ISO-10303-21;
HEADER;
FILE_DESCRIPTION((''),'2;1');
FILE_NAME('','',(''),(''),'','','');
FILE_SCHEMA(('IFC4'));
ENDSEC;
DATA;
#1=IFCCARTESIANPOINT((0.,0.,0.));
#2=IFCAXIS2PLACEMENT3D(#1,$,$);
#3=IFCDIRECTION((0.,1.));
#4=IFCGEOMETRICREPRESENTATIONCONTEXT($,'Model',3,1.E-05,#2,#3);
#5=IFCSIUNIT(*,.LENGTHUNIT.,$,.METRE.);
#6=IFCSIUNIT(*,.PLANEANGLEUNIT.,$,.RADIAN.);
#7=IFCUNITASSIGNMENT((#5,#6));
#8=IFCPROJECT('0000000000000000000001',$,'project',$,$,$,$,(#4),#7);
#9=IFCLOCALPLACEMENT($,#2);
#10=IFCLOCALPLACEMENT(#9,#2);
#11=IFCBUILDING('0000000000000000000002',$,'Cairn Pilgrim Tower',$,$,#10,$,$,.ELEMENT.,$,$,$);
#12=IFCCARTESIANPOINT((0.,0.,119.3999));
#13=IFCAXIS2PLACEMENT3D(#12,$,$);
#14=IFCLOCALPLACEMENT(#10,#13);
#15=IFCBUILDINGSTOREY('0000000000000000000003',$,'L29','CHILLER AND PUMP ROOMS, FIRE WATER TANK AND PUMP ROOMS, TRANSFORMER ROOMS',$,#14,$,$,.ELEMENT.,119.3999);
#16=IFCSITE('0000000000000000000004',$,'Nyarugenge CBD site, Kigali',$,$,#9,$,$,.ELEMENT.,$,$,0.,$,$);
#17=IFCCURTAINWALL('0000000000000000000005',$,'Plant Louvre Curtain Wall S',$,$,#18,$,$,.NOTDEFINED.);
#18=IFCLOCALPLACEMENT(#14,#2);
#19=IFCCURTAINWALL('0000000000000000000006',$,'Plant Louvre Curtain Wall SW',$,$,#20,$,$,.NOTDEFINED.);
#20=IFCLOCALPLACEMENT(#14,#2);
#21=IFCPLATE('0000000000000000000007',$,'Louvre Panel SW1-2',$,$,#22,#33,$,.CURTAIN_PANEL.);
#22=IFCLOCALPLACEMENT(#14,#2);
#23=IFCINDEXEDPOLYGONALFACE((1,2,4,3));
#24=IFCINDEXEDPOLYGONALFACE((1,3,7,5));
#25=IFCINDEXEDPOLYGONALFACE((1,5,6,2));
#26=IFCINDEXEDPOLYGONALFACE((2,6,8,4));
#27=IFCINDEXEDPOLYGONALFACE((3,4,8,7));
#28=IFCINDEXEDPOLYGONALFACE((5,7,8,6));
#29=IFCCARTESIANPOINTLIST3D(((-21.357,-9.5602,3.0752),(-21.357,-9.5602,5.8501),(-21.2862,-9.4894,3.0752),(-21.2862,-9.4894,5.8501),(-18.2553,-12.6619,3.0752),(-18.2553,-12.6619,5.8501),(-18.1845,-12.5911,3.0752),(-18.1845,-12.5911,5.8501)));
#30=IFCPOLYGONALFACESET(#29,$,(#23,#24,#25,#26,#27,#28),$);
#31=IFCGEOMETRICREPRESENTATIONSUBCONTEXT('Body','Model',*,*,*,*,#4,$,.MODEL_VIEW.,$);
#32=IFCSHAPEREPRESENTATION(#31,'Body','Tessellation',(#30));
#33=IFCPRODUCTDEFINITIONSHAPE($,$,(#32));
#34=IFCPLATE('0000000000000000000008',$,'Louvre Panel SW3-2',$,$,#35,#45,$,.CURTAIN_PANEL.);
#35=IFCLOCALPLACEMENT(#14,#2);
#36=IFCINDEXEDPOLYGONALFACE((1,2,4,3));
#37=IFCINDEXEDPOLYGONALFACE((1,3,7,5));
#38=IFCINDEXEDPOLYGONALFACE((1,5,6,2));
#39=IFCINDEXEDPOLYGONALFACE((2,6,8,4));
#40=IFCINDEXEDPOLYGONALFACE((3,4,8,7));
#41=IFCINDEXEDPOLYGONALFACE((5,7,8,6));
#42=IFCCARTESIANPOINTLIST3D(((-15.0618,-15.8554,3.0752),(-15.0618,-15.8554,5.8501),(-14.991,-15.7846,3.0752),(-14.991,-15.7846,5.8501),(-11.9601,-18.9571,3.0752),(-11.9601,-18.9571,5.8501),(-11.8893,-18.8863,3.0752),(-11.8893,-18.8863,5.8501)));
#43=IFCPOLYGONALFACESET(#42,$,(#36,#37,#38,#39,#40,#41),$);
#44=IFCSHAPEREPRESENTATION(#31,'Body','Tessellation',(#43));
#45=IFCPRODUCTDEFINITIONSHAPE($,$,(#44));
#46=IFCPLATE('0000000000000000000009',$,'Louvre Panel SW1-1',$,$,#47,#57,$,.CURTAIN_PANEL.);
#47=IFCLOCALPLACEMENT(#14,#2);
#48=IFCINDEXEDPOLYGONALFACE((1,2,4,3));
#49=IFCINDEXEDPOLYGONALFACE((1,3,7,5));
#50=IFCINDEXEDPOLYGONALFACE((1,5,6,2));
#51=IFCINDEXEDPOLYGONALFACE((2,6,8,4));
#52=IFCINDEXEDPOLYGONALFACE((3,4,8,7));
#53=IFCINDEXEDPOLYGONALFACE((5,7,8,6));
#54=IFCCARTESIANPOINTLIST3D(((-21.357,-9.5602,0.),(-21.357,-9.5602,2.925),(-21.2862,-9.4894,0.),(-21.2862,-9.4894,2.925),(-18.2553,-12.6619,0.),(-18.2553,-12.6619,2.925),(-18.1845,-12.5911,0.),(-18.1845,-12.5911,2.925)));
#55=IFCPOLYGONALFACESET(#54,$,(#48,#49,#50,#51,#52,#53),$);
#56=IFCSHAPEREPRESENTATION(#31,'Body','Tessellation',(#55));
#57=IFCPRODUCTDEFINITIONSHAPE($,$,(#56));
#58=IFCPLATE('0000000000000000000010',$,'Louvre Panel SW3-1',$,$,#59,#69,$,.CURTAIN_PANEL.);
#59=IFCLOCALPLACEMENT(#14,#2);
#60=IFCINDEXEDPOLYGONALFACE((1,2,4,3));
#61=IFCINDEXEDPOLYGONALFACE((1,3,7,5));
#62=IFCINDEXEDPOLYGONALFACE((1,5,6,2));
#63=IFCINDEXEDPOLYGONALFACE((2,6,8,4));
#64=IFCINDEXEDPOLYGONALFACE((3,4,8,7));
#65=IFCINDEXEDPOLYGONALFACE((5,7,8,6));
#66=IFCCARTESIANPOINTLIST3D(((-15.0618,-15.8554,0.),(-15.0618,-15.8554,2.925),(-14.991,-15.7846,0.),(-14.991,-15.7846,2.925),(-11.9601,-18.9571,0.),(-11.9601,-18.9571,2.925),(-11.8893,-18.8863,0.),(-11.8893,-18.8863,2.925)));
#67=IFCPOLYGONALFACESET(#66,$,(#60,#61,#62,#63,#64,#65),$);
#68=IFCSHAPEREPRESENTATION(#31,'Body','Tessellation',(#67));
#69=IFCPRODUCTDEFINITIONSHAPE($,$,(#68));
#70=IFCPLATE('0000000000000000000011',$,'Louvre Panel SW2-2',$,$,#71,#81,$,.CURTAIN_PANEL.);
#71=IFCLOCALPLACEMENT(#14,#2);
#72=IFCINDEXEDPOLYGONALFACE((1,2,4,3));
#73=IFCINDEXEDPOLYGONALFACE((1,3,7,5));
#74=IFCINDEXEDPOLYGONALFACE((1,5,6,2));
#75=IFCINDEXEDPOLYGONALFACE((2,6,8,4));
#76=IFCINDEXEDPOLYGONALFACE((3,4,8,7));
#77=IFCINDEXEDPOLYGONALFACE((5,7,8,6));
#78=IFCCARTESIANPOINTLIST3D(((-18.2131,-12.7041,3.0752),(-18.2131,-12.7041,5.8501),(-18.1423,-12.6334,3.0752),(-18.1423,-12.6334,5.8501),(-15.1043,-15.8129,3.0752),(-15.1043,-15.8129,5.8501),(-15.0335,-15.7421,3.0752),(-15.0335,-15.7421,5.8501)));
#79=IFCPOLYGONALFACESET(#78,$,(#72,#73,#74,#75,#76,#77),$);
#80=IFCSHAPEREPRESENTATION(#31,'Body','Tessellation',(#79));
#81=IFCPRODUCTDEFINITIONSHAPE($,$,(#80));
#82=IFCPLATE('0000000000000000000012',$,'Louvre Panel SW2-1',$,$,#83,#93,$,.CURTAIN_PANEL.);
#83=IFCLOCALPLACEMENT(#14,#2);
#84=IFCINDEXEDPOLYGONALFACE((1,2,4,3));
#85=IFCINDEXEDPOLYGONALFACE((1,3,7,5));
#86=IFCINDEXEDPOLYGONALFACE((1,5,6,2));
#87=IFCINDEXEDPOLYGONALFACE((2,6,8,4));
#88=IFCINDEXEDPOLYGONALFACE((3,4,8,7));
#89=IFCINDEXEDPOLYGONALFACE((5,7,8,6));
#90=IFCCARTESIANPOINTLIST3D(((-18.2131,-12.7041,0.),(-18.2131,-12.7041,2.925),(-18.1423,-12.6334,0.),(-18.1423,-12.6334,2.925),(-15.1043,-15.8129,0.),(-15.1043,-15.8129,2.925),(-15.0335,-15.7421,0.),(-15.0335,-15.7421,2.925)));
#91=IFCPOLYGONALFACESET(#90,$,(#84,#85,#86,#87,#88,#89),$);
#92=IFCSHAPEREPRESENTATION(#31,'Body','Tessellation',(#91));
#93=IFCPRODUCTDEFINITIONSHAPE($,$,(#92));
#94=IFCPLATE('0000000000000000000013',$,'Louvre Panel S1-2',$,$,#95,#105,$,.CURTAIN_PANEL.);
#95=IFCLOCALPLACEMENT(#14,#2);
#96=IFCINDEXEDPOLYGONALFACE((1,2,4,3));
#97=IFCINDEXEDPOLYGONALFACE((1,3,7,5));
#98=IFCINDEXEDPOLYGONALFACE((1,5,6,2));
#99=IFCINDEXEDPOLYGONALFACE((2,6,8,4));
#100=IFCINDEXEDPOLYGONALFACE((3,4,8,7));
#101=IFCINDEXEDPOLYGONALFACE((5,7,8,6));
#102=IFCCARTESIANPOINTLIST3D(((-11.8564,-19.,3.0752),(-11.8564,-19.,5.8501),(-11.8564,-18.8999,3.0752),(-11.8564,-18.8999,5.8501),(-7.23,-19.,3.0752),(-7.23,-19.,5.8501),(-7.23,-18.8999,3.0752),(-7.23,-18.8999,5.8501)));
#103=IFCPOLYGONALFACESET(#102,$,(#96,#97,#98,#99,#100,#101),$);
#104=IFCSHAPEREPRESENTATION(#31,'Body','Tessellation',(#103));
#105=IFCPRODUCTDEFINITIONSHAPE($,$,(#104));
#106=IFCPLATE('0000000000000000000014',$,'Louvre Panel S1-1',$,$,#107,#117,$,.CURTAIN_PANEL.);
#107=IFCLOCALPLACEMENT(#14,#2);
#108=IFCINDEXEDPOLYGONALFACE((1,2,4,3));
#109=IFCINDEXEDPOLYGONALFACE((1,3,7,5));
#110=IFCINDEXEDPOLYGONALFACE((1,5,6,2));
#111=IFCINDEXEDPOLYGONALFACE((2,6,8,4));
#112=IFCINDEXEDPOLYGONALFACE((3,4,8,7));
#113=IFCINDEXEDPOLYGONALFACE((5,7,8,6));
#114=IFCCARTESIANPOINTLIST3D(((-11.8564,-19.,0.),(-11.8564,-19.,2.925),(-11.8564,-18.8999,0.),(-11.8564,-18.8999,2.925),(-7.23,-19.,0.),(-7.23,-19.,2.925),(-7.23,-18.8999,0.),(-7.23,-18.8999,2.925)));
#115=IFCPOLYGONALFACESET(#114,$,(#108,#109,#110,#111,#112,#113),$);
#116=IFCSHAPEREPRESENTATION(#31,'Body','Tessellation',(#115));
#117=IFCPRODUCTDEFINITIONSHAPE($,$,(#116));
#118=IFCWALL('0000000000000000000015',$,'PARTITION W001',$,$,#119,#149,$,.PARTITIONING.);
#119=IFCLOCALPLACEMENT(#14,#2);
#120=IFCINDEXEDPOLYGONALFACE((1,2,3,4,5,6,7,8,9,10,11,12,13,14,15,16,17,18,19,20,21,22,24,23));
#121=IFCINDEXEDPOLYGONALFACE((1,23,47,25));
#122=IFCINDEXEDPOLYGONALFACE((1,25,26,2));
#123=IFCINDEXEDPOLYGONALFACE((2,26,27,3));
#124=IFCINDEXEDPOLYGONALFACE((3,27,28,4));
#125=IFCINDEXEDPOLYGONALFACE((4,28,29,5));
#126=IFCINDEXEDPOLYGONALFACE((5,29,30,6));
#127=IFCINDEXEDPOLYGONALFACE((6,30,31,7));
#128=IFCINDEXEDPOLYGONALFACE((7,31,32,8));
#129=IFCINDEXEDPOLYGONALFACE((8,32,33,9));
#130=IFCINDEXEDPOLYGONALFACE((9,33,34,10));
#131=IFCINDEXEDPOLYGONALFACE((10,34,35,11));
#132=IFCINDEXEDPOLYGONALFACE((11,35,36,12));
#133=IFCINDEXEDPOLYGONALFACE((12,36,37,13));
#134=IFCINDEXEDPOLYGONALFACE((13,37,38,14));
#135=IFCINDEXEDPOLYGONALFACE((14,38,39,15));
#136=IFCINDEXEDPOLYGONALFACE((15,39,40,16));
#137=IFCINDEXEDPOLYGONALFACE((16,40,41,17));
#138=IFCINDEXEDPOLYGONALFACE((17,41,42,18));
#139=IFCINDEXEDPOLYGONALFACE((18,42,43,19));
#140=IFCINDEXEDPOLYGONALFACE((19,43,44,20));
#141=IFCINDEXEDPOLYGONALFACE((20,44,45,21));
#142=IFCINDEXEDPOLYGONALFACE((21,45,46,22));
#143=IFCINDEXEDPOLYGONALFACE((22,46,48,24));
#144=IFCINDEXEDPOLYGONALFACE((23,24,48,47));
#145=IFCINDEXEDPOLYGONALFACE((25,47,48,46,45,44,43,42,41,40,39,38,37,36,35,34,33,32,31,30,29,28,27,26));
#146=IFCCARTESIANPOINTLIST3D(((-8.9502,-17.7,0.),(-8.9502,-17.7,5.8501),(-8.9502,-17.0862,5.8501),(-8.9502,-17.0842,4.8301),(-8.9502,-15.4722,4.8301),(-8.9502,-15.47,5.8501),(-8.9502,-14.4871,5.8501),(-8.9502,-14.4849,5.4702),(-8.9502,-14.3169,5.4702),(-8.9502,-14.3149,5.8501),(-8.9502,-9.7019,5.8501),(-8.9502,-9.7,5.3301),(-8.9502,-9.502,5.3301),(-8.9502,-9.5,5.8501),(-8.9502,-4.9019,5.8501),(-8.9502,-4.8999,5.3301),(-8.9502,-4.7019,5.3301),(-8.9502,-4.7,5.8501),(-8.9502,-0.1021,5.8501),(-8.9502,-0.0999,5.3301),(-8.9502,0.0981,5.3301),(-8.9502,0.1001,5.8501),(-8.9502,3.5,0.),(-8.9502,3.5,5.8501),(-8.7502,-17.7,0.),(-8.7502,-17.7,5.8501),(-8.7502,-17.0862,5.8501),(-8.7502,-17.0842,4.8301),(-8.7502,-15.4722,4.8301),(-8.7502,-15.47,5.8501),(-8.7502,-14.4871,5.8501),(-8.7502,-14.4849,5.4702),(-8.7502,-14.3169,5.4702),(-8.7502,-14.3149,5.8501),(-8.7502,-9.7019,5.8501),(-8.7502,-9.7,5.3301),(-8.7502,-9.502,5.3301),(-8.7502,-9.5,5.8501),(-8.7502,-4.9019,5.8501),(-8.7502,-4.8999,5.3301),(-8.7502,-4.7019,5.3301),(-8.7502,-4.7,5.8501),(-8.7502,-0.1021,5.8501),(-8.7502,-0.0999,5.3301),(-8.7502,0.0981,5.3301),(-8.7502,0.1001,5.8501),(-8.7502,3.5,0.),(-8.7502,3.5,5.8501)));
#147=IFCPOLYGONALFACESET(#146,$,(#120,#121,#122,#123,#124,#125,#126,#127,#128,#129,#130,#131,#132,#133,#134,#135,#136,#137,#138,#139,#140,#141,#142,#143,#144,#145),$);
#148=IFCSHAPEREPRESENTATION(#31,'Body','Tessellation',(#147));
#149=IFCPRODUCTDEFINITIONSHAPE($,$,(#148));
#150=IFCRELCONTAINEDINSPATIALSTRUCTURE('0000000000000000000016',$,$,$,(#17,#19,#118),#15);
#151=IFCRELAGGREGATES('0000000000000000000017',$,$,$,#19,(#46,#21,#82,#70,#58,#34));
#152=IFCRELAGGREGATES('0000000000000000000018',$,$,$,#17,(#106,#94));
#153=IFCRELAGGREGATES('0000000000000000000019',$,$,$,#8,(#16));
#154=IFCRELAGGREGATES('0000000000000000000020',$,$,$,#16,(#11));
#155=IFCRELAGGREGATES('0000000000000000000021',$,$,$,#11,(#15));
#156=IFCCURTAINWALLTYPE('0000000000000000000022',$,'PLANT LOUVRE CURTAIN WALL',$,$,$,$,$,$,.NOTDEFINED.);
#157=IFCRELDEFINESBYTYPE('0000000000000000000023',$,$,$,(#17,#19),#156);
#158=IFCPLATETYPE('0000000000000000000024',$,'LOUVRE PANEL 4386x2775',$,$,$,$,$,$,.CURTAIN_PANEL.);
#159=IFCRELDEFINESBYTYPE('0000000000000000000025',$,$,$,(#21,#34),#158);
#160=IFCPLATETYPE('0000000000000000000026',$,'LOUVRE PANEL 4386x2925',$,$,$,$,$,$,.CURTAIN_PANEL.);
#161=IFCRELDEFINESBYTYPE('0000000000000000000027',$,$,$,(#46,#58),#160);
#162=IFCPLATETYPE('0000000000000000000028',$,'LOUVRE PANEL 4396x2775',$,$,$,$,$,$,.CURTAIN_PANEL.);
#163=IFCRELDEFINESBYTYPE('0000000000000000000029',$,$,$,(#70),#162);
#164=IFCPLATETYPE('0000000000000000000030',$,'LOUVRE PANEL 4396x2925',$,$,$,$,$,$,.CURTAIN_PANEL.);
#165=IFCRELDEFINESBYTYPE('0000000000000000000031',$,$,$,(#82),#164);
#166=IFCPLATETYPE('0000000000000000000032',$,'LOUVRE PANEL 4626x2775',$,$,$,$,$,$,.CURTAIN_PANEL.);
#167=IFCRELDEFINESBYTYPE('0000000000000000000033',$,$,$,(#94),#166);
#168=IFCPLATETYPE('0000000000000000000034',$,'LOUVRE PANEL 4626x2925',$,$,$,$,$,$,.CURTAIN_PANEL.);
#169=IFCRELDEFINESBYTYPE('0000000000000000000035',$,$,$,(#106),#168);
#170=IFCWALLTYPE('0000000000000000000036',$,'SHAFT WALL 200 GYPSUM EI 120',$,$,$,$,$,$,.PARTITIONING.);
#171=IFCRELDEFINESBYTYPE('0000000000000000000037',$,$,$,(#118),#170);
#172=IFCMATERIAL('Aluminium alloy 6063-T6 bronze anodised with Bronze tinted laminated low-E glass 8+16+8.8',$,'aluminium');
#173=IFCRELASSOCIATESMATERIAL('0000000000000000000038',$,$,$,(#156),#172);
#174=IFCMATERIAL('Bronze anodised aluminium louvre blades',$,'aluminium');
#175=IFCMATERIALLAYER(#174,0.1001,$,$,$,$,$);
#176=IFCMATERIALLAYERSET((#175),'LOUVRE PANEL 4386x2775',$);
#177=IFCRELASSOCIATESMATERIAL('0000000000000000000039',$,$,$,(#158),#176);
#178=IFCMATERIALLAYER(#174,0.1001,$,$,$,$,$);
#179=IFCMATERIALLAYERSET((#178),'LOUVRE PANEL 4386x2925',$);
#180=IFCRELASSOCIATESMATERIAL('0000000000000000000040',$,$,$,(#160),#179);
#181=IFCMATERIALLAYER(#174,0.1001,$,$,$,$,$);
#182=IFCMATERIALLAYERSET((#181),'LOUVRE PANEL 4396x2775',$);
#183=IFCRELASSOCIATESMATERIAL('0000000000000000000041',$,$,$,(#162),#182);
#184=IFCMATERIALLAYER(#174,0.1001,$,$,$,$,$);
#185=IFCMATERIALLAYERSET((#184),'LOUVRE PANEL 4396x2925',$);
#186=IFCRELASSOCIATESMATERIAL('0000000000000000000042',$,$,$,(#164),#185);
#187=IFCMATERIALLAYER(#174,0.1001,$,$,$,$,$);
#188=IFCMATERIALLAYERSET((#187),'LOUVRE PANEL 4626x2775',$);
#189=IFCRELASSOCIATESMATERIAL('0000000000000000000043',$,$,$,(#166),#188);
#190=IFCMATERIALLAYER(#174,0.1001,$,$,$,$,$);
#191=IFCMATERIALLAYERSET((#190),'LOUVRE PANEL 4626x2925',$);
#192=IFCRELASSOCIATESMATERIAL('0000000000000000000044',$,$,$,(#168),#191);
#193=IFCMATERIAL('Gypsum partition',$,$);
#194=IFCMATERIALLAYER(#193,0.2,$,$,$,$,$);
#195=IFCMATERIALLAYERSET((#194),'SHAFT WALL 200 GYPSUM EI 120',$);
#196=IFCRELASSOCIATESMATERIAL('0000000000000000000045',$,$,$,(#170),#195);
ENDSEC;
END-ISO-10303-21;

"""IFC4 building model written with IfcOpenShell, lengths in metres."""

from ifc_helpers import new_model, si_unit, direction, frame, origin, origin_2d, place, context, subcontext, project, spatial, polyline, rectangle, outline, extrude, material, layer, layer_set, type_object, element, aggregate, save


model = new_model("IFC4")

# Units and contexts
model_context = context("Model", 3, precision=1e-05, world=origin(), true_north=direction((0.0, 1.0)))
body_context = subcontext(model_context, "Body", "Model", "MODEL_VIEW")
ifc_project = project(units=[si_unit("LENGTHUNIT", "METRE"), si_unit("PLANEANGLEUNIT", "RADIAN")], contexts=[model_context])

# Site, building, storey
site_placement = place(None, origin())
site = spatial("IfcSite", under=ifc_project, at=site_placement, Name="Nyarugenge CBD site, Kigali", CompositionType="ELEMENT", RefElevation=0.0)
building_placement = place(site_placement, origin())
building = spatial("IfcBuilding", under=site, at=building_placement, Name="Cairn Pilgrim Tower", CompositionType="ELEMENT")
storey_placement = place(building_placement, frame((0.0, 0.0, 119.3999)))
storey = spatial("IfcBuildingStorey", under=building, at=storey_placement, Name="L29", Description="CHILLER AND PUMP ROOMS, FIRE WATER TANK AND PUMP ROOMS, TRANSFORMER ROOMS", CompositionType="ELEMENT", Elevation=119.3999)

# Curtain walls
ifc_material_1 = material(Name="Aluminium alloy 6063-T6 bronze anodised with Bronze tinted laminated low-E glass 8+16+8.8", Category="aluminium")
curtain_wall_type = type_object("IfcCurtainWallType", Name="PLANT LOUVRE CURTAIN WALL", PredefinedType="NOTDEFINED", material=ifc_material_1)
curtain_wall_1_placement = place(storey_placement, origin())
curtain_wall_1 = element("IfcCurtainWall", 1, at=curtain_wall_1_placement, inside=storey, type_object=curtain_wall_type, Name="Plant Louvre Curtain Wall S", PredefinedType="NOTDEFINED")
curtain_wall_2_placement = place(storey_placement, origin())
curtain_wall_2 = element("IfcCurtainWall", 2, at=curtain_wall_2_placement, inside=storey, type_object=curtain_wall_type, Name="Plant Louvre Curtain Wall SW", PredefinedType="NOTDEFINED")

# Plates
ifc_material_2 = material(Name="Bronze anodised aluminium louvre blades", Category="aluminium")
ifc_layer_1 = layer(ifc_material_2, 0.1001)
ifc_layer_set_1 = layer_set([ifc_layer_1], Name="LOUVRE PANEL 4386x2775")
plate_type_1 = type_object("IfcPlateType", Name="LOUVRE PANEL 4386x2775", PredefinedType="CURTAIN_PANEL", material=ifc_layer_set_1)
plate_1_placement = place(storey_placement, frame((-19.7708, -11.0757, 3.0752), z_axis=(0.0, 0.0, 1.0), x_axis=(0.707107, -0.707107, 0.0)))
plate_1 = element("IfcPlate", 3, at=plate_1_placement, type_object=plate_type_1, Name="Louvre Panel SW1-2", PredefinedType="CURTAIN_PANEL", context=body_context, shape_type="SweptSolid", body=[
    extrude(rectangle(XDim=4.3865, YDim=0.1001, at=origin_2d()), origin(), (0.0, 0.0, 1.0), 2.7749),
])
plate_2_placement = place(storey_placement, frame((-13.4756, -17.3708, 3.0752), z_axis=(0.0, 0.0, 1.0), x_axis=(0.707107, -0.707107, 0.0)))
plate_2 = element("IfcPlate", 4, at=plate_2_placement, type_object=plate_type_1, Name="Louvre Panel SW3-2", PredefinedType="CURTAIN_PANEL", context=body_context, shape_type="SweptSolid", body=[
    extrude(rectangle(XDim=4.3865, YDim=0.1001, at=origin_2d()), origin(), (0.0, 0.0, 1.0), 2.7749),
])
ifc_layer_2 = layer(ifc_material_2, 0.1001)
ifc_layer_set_2 = layer_set([ifc_layer_2], Name="LOUVRE PANEL 4386x2925")
plate_type_2 = type_object("IfcPlateType", Name="LOUVRE PANEL 4386x2925", PredefinedType="CURTAIN_PANEL", material=ifc_layer_set_2)
plate_3_placement = place(storey_placement, frame((-19.7708, -11.0757, 0.0), z_axis=(0.0, 0.0, 1.0), x_axis=(0.707107, -0.707107, 0.0)))
plate_3 = element("IfcPlate", 5, at=plate_3_placement, type_object=plate_type_2, Name="Louvre Panel SW1-1", PredefinedType="CURTAIN_PANEL", context=body_context, shape_type="SweptSolid", body=[
    extrude(rectangle(XDim=4.3865, YDim=0.1001, at=origin_2d()), origin(), (0.0, 0.0, 1.0), 2.925),
])
plate_4_placement = place(storey_placement, frame((-13.4756, -17.3708, 0.0), z_axis=(0.0, 0.0, 1.0), x_axis=(0.707107, -0.707107, 0.0)))
plate_4 = element("IfcPlate", 6, at=plate_4_placement, type_object=plate_type_2, Name="Louvre Panel SW3-1", PredefinedType="CURTAIN_PANEL", context=body_context, shape_type="SweptSolid", body=[
    extrude(rectangle(XDim=4.3865, YDim=0.1001, at=origin_2d()), origin(), (0.0, 0.0, 1.0), 2.925),
])
ifc_layer_3 = layer(ifc_material_2, 0.1001)
ifc_layer_set_3 = layer_set([ifc_layer_3], Name="LOUVRE PANEL 4396x2775")
plate_type_3 = type_object("IfcPlateType", Name="LOUVRE PANEL 4396x2775", PredefinedType="CURTAIN_PANEL", material=ifc_layer_set_3)
plate_5_placement = place(storey_placement, frame((-16.6233, -14.2231, 3.0752), z_axis=(0.0, 0.0, 1.0), x_axis=(0.707107, -0.707107, 0.0)))
plate_5 = element("IfcPlate", 7, at=plate_5_placement, type_object=plate_type_3, Name="Louvre Panel SW2-2", PredefinedType="CURTAIN_PANEL", context=body_context, shape_type="SweptSolid", body=[
    extrude(rectangle(XDim=4.3965, YDim=0.1001, at=origin_2d()), origin(), (0.0, 0.0, 1.0), 2.7749),
])
ifc_layer_4 = layer(ifc_material_2, 0.1001)
ifc_layer_set_4 = layer_set([ifc_layer_4], Name="LOUVRE PANEL 4396x2925")
plate_type_4 = type_object("IfcPlateType", Name="LOUVRE PANEL 4396x2925", PredefinedType="CURTAIN_PANEL", material=ifc_layer_set_4)
plate_6_placement = place(storey_placement, frame((-16.6233, -14.2231, 0.0), z_axis=(0.0, 0.0, 1.0), x_axis=(0.707107, -0.707107, 0.0)))
plate_6 = element("IfcPlate", 8, at=plate_6_placement, type_object=plate_type_4, Name="Louvre Panel SW2-1", PredefinedType="CURTAIN_PANEL", context=body_context, shape_type="SweptSolid", body=[
    extrude(rectangle(XDim=4.3965, YDim=0.1001, at=origin_2d()), origin(), (0.0, 0.0, 1.0), 2.925),
])
aggregate(curtain_wall_2, [plate_3, plate_1, plate_6, plate_5, plate_4, plate_2])
ifc_layer_5 = layer(ifc_material_2, 0.1001)
ifc_layer_set_5 = layer_set([ifc_layer_5], Name="LOUVRE PANEL 4626x2775")
plate_type_5 = type_object("IfcPlateType", Name="LOUVRE PANEL 4626x2775", PredefinedType="CURTAIN_PANEL", material=ifc_layer_set_5)
plate_7_placement = place(storey_placement, frame((-9.5432, -18.95, 3.0752), z_axis=(0.0, 0.0, 1.0), x_axis=(1.0, 0.0, 0.0)))
plate_7 = element("IfcPlate", 9, at=plate_7_placement, type_object=plate_type_5, Name="Louvre Panel S1-2", PredefinedType="CURTAIN_PANEL", context=body_context, shape_type="SweptSolid", body=[
    extrude(rectangle(XDim=4.6265, YDim=0.1001, at=origin_2d()), origin(), (0.0, 0.0, 1.0), 2.7749),
])
ifc_layer_6 = layer(ifc_material_2, 0.1001)
ifc_layer_set_6 = layer_set([ifc_layer_6], Name="LOUVRE PANEL 4626x2925")
plate_type_6 = type_object("IfcPlateType", Name="LOUVRE PANEL 4626x2925", PredefinedType="CURTAIN_PANEL", material=ifc_layer_set_6)
plate_8_placement = place(storey_placement, frame((-9.5432, -18.95, 0.0), z_axis=(0.0, 0.0, 1.0), x_axis=(1.0, 0.0, 0.0)))
plate_8 = element("IfcPlate", 10, at=plate_8_placement, type_object=plate_type_6, Name="Louvre Panel S1-1", PredefinedType="CURTAIN_PANEL", context=body_context, shape_type="SweptSolid", body=[
    extrude(rectangle(XDim=4.6265, YDim=0.1001, at=origin_2d()), origin(), (0.0, 0.0, 1.0), 2.925),
])
aggregate(curtain_wall_1, [plate_8, plate_7])

# Wall
ifc_material_3 = material(Name="Gypsum partition")
ifc_layer_7 = layer(ifc_material_3, 0.2)
ifc_layer_set_7 = layer_set([ifc_layer_7], Name="SHAFT WALL 200 GYPSUM EI 120")
wall_type = type_object("IfcWallType", Name="SHAFT WALL 200 GYPSUM EI 120", PredefinedType="PARTITIONING", material=ifc_layer_set_7)
wall_placement = place(storey_placement, frame((-8.8501, -17.7, 0.0), z_axis=(0.0, 0.0, 1.0), x_axis=(0.0, 1.0, 0.0)))
element("IfcWall", 11, at=wall_placement, inside=storey, type_object=wall_type, Name="PARTITION W001", PredefinedType="PARTITIONING", context=body_context, shape_type="SweptSolid", body=[
    extrude(outline(polyline([(0.0, 0.0), (21.2, 0.0), (21.2, 5.8501), (17.8, 5.8501), (17.7981, 5.3301), (17.6001, 5.3301), (17.5979, 5.8501), (13.0, 5.8501), (12.998, 5.3301), (12.8, 5.3301), (12.7981, 5.8501), (8.2, 5.8501), (8.198, 5.3301), (8.0, 5.3301), (7.998, 5.8501), (3.385, 5.8501), (3.3831, 5.4702), (3.2151, 5.4702), (3.2129, 5.8501), (2.23, 5.8501), (2.2278, 4.8301), (0.6157, 4.8301), (0.6138, 5.8501), (0.0, 5.8501), (0.0, 0.0)])), frame((0.0, 0.1001, 0.0), z_axis=(0.0, -1.0, 0.0), x_axis=(1.0, 0.0, 0.0)), (0.0, 0.0, 1.0), 0.2),
])

save(model, "model.ifc")
